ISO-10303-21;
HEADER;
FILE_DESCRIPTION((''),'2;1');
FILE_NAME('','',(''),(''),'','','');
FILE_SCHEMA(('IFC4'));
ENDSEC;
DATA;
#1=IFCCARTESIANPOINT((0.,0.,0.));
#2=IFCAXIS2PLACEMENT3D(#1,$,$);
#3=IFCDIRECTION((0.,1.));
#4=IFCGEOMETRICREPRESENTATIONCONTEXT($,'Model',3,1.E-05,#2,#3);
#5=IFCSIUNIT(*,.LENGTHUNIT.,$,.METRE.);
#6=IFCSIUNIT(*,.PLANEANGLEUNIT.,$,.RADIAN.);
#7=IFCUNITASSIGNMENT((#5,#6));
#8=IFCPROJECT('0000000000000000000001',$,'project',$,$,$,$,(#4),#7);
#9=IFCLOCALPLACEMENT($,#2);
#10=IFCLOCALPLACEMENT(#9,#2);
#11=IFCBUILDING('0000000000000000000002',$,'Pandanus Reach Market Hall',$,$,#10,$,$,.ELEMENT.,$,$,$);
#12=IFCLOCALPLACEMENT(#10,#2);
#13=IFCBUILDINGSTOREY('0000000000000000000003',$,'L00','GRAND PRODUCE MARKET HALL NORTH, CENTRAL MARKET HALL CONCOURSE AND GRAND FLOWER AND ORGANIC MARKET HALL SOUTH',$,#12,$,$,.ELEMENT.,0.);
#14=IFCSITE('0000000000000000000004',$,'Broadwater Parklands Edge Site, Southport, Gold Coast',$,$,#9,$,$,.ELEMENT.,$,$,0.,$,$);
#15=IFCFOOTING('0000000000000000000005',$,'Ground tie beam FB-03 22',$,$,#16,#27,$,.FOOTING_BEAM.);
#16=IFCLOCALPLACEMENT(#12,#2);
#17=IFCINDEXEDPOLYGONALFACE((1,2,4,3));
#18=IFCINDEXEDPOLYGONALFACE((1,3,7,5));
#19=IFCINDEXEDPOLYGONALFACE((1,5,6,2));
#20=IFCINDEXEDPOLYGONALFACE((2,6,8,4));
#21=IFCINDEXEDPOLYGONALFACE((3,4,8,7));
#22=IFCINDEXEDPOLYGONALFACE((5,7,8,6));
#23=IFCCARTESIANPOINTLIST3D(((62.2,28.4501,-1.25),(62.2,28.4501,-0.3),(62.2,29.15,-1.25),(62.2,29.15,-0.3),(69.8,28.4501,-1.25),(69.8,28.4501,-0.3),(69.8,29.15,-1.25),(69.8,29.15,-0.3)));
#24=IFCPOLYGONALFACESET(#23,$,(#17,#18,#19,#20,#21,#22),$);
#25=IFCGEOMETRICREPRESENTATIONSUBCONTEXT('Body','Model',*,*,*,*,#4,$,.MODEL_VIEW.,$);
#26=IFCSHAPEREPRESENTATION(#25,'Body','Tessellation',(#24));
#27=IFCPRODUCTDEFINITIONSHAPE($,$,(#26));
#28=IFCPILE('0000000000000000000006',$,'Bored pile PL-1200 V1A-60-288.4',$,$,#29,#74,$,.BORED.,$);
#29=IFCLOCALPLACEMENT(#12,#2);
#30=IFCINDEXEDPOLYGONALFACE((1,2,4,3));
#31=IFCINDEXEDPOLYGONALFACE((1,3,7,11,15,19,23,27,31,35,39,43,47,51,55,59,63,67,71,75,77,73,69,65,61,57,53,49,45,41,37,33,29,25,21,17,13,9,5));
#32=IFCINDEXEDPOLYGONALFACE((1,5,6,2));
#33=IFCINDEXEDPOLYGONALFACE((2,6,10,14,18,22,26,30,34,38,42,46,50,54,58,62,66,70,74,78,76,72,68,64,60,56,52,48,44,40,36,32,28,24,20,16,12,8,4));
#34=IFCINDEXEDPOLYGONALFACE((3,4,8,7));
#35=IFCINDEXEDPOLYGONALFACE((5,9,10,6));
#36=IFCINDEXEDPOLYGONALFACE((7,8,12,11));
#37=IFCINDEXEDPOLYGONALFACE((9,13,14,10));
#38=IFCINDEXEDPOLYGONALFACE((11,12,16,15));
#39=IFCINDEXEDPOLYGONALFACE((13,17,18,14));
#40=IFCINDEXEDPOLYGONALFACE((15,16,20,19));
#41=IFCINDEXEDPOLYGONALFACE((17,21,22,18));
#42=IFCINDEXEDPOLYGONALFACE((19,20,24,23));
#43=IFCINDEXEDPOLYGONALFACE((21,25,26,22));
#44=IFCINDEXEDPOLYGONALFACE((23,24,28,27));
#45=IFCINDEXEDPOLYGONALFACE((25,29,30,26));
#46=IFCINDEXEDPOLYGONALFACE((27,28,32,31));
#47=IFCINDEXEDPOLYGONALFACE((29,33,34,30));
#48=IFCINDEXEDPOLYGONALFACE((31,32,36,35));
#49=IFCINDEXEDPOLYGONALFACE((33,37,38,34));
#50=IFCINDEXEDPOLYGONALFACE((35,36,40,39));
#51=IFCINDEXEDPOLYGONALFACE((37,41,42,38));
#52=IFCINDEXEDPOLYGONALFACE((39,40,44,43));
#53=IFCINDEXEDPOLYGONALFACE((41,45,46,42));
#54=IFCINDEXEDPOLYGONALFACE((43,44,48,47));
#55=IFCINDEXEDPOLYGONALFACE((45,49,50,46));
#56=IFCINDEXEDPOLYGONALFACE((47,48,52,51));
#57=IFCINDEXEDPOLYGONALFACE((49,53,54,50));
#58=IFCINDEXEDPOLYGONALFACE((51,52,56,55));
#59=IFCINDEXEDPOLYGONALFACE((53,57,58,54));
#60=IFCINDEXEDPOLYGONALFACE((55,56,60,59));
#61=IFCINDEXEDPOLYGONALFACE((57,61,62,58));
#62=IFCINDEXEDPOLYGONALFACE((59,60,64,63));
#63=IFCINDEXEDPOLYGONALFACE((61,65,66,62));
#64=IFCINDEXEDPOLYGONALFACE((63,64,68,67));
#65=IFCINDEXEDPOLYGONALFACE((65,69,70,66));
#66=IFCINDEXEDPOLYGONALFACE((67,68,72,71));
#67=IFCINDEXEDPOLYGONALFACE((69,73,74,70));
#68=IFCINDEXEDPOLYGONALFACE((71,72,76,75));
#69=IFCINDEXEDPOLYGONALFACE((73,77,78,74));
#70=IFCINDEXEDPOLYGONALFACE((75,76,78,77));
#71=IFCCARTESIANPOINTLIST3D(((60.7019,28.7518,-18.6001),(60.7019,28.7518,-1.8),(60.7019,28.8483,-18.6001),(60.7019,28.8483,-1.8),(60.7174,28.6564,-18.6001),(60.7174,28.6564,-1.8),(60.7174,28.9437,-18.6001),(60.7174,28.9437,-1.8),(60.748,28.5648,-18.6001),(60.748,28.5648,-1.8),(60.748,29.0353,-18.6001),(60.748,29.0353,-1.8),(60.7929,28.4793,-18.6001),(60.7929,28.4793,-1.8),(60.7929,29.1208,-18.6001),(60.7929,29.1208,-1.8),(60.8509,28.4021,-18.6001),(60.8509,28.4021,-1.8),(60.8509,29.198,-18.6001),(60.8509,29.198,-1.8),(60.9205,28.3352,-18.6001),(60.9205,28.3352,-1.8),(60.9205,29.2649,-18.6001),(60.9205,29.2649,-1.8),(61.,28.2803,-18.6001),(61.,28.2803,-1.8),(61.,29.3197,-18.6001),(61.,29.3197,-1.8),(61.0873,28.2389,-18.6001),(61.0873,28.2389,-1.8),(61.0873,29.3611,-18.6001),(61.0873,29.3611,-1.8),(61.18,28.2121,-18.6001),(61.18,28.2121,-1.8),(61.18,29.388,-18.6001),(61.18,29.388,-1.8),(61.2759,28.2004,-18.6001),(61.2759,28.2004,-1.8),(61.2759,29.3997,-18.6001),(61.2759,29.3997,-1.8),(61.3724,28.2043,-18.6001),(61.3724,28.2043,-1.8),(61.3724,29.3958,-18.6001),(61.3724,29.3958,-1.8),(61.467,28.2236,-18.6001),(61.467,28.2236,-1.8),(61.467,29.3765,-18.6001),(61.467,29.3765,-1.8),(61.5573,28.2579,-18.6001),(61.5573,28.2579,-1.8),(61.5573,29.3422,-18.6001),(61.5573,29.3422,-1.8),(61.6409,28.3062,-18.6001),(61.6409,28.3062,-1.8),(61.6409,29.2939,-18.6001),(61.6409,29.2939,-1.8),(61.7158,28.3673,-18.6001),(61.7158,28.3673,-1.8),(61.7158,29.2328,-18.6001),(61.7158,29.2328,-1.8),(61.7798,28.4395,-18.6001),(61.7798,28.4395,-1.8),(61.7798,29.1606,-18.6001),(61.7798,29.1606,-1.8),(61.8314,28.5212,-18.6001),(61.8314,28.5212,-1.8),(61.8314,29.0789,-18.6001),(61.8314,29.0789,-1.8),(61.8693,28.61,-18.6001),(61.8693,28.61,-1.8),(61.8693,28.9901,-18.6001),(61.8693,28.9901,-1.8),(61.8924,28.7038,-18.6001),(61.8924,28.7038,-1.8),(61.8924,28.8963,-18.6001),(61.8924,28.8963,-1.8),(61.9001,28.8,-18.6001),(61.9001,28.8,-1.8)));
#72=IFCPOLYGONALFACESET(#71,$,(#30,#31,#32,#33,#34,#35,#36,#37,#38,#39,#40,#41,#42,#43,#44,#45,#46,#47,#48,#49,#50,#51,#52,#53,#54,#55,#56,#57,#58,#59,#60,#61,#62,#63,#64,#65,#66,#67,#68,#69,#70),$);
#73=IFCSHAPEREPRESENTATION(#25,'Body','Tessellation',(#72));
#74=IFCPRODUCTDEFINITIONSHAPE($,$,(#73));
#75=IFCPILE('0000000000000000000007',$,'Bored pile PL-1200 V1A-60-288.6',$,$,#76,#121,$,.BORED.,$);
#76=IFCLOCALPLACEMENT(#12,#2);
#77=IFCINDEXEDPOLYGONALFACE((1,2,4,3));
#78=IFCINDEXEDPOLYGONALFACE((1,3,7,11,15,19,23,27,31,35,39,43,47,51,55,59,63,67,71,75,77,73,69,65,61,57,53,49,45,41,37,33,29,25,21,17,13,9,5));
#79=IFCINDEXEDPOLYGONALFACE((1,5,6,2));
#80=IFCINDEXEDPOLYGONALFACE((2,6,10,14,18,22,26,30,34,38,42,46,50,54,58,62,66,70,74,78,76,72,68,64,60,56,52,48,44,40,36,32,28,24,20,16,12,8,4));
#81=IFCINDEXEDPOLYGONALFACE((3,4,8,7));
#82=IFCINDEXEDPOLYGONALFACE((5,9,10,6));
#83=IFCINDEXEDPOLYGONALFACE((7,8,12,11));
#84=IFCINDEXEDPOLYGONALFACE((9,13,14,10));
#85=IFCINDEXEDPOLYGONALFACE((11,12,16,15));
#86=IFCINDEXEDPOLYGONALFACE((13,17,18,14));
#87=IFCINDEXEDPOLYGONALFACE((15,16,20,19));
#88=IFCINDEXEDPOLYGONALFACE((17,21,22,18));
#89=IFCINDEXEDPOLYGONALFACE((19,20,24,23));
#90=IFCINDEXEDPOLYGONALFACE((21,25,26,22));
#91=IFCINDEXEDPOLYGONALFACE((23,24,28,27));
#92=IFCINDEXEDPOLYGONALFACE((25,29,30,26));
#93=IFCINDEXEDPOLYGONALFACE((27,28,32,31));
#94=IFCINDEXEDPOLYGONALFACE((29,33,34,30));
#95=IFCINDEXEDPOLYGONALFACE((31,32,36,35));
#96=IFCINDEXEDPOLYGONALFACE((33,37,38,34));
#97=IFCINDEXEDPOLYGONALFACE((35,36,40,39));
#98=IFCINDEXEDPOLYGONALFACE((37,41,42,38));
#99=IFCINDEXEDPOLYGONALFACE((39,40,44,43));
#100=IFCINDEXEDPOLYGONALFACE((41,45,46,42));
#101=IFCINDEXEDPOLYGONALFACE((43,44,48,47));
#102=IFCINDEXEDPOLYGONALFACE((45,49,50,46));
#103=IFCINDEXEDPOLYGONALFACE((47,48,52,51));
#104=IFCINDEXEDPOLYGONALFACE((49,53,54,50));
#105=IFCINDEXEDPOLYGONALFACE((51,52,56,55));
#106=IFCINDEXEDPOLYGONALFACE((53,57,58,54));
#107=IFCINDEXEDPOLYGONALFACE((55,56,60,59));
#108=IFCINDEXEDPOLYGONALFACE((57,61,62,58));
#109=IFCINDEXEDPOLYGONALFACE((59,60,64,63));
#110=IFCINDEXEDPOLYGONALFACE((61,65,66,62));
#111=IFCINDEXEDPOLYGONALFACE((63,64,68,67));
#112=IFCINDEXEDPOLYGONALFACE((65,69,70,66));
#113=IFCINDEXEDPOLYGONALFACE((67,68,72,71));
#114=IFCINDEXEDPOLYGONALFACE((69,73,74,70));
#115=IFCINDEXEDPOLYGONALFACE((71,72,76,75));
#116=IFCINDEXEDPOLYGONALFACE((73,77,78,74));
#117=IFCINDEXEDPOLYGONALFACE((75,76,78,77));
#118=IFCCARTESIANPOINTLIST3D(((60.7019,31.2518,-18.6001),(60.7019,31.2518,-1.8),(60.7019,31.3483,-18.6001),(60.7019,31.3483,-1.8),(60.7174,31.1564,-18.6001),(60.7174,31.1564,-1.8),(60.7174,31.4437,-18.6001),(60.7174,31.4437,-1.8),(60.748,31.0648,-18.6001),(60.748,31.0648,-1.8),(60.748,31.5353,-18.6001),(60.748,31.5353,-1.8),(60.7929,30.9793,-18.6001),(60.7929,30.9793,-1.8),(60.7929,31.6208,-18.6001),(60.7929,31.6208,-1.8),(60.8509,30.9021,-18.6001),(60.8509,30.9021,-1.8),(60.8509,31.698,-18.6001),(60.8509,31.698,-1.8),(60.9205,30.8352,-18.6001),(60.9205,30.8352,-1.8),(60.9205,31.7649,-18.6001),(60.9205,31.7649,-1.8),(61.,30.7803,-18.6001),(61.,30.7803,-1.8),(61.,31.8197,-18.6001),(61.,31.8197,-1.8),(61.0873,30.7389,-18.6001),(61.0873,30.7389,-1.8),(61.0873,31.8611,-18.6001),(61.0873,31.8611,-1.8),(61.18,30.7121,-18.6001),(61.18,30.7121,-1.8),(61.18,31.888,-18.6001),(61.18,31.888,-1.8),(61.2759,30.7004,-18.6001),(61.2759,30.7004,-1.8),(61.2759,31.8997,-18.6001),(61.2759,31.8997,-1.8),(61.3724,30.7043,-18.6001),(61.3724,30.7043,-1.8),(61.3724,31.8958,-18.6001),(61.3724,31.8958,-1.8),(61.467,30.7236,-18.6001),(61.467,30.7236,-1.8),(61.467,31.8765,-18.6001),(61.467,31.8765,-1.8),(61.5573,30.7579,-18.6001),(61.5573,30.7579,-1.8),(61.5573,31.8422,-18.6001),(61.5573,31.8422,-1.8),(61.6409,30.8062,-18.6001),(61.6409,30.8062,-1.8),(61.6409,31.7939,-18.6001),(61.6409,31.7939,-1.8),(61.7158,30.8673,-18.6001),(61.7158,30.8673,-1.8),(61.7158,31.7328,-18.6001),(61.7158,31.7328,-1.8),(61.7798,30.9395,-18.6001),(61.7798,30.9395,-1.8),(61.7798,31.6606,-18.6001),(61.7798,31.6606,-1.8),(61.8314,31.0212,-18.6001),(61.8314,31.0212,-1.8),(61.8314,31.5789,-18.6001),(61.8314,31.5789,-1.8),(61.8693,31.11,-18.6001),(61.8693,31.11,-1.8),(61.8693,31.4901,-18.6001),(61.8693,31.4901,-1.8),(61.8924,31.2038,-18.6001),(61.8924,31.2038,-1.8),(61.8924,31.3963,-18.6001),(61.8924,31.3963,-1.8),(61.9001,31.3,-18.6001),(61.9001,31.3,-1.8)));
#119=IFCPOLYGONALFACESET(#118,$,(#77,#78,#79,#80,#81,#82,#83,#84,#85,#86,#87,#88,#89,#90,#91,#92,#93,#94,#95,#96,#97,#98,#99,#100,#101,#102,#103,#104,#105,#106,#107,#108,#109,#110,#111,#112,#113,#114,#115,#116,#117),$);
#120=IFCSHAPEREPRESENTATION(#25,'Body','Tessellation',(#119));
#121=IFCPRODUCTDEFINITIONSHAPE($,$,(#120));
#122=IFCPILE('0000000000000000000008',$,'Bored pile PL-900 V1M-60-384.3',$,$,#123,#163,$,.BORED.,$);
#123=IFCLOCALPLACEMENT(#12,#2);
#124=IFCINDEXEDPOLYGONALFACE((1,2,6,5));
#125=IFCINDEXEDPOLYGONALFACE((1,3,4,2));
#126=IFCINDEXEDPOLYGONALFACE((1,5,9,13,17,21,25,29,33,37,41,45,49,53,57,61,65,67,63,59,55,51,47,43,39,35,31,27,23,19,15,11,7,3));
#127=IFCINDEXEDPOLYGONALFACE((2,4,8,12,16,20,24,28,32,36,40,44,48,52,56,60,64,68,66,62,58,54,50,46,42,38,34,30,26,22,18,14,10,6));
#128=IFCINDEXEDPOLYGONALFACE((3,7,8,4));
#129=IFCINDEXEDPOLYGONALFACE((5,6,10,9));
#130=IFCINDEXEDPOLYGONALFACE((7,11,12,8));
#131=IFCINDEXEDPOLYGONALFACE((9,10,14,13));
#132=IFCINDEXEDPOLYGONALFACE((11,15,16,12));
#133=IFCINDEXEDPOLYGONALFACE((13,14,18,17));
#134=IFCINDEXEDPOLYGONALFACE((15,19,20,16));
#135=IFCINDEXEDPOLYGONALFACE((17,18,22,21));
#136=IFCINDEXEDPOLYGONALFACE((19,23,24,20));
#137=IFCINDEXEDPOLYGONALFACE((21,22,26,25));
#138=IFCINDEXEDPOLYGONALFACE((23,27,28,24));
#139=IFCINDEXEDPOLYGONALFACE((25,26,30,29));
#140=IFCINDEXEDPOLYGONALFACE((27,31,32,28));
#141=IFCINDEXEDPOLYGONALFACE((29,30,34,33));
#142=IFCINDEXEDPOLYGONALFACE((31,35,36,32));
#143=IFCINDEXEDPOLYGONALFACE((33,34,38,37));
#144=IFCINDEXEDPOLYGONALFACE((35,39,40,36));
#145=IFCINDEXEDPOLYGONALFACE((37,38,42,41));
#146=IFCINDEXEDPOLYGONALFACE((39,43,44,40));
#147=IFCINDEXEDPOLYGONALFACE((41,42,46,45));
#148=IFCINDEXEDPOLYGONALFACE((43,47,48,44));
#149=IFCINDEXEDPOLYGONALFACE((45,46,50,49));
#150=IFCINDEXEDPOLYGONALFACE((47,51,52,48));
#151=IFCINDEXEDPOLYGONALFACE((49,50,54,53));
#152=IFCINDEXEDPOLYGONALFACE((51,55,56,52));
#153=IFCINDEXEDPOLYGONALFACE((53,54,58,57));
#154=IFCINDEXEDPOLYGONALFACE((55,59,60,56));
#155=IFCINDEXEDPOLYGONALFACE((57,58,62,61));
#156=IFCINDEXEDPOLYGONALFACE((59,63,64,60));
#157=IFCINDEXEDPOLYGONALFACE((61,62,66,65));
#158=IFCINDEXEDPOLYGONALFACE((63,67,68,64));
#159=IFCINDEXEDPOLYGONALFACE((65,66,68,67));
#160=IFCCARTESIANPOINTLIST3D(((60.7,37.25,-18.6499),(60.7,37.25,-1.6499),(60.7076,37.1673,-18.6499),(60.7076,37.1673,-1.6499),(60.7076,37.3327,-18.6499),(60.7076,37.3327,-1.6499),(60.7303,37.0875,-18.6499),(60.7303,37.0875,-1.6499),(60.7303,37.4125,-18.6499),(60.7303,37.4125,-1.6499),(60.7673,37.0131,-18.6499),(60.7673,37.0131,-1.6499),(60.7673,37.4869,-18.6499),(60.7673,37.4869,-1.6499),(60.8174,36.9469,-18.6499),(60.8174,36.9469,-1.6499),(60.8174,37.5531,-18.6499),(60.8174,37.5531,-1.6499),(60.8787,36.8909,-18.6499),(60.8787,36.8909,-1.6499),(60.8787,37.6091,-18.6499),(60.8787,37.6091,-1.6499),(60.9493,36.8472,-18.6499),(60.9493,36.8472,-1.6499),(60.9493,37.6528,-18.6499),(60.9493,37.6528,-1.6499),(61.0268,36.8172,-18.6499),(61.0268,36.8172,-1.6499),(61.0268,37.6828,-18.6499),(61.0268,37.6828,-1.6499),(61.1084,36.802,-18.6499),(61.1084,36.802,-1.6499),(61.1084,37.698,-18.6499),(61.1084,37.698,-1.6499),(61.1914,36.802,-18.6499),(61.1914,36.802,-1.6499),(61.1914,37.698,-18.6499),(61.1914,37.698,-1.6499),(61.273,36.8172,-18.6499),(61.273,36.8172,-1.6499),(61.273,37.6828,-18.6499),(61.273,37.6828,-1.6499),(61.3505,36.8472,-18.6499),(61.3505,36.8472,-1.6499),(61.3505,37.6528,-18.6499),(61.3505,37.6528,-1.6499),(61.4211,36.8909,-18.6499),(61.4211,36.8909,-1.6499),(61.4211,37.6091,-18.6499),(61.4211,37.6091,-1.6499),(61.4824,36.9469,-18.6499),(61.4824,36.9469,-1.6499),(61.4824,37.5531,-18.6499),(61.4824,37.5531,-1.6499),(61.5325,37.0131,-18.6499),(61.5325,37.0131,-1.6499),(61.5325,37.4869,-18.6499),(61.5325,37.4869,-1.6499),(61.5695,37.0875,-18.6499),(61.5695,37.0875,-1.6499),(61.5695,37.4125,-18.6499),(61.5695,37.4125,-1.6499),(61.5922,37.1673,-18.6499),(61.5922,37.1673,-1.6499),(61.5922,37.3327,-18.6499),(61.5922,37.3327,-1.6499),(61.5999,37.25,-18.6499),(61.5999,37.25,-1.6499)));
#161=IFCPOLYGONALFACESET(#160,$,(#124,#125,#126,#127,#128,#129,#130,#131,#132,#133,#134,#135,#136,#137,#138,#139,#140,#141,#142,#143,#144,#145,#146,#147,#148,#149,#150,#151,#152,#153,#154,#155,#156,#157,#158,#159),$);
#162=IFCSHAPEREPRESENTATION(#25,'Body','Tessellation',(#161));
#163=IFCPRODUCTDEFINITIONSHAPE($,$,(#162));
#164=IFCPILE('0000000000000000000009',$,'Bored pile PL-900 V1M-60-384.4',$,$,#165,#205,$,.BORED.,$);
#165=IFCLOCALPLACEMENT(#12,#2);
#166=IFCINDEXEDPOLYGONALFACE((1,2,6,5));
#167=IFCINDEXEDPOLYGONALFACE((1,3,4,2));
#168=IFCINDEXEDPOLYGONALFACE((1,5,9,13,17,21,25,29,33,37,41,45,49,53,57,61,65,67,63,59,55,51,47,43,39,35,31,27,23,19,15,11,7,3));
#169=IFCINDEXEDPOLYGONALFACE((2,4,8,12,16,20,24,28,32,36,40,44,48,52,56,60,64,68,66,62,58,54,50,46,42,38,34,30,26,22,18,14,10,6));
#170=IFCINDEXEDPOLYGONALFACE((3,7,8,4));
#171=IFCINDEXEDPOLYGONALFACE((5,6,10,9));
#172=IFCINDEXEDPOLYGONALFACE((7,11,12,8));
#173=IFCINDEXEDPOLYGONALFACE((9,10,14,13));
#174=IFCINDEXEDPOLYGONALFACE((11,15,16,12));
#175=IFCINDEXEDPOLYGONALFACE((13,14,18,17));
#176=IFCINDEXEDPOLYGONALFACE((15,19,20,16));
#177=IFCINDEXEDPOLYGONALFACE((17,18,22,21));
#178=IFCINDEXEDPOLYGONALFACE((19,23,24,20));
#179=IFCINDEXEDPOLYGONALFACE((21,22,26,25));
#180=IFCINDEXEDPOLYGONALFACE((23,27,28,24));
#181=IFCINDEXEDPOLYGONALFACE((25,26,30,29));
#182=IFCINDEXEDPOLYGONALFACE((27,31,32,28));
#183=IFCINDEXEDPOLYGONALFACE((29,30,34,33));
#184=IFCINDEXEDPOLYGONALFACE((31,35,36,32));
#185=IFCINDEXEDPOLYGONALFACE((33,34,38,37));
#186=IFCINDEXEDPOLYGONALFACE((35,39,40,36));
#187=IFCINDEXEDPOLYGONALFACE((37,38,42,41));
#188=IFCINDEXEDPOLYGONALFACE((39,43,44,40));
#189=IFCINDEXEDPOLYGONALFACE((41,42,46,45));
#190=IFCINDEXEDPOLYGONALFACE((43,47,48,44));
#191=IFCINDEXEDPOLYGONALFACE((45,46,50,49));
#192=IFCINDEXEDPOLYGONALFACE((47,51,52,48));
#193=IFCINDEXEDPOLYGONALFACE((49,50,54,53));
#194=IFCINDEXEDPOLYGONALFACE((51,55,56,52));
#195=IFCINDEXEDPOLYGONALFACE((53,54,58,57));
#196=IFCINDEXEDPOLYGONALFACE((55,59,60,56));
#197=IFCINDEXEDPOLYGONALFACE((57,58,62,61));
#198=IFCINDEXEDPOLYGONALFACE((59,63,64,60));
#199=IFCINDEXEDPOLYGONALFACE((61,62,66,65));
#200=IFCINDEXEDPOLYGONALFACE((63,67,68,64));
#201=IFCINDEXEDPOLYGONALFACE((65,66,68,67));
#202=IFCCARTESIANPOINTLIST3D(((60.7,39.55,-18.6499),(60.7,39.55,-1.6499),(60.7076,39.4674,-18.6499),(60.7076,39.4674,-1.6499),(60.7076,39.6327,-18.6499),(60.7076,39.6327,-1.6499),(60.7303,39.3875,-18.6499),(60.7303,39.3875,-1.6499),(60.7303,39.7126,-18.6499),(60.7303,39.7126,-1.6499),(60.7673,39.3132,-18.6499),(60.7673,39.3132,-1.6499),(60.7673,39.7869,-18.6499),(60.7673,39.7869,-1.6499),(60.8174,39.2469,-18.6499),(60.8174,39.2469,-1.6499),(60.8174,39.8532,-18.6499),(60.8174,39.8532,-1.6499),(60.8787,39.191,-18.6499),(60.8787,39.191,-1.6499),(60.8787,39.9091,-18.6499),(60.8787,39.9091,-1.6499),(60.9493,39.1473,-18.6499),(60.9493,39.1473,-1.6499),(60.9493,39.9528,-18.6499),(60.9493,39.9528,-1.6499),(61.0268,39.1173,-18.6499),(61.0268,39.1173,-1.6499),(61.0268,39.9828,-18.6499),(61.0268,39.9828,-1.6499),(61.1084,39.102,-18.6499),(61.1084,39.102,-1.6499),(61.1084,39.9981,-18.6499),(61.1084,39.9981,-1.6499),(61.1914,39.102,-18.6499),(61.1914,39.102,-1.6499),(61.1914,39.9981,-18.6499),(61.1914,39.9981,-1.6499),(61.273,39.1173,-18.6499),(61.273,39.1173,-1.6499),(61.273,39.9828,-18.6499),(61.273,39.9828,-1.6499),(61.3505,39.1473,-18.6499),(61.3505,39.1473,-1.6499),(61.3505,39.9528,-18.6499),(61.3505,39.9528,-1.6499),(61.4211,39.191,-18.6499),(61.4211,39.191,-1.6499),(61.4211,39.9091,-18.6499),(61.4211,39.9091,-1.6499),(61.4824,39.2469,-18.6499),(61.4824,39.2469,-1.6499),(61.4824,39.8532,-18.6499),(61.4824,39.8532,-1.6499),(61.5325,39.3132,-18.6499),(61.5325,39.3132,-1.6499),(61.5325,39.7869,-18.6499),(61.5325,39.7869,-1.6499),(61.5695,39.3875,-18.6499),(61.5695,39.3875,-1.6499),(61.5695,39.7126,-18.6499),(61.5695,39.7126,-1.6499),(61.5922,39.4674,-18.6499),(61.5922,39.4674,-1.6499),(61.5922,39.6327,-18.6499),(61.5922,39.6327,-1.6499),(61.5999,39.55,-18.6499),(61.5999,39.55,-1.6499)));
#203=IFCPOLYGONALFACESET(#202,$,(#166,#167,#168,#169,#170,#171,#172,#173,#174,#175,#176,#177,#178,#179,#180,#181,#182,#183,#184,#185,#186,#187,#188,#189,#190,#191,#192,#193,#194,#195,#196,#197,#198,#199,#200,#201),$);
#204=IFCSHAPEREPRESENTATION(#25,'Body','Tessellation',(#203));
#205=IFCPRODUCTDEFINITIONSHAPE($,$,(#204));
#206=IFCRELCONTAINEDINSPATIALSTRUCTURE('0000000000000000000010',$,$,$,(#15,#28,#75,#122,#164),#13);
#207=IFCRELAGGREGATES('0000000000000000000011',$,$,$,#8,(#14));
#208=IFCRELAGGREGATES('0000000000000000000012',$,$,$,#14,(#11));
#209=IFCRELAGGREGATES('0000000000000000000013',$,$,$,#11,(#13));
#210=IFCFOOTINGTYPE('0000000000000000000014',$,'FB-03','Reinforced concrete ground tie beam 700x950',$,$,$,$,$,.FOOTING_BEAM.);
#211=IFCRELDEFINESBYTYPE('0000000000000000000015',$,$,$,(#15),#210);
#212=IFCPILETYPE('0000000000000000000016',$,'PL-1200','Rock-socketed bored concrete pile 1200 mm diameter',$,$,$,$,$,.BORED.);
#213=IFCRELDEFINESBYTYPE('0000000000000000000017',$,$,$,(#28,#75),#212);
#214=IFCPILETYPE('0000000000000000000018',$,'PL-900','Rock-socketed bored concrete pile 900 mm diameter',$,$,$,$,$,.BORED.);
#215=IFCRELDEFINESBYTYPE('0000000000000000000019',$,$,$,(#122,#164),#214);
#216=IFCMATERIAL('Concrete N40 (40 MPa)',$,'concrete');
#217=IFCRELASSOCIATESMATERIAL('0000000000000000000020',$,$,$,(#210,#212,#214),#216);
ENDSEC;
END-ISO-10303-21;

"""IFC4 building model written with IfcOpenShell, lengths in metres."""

from ifc_helpers import new_model, si_unit, direction, frame, origin, origin_2d, place, context, subcontext, project, spatial, rectangle, circle, extrude, material, material_profile, profile_set, type_object, element, save


model = new_model("IFC4")

# Units and contexts
model_context = context("Model", 3, precision=1e-05, world=origin(), true_north=direction((0.0, 1.0)))
body_context = subcontext(model_context, "Body", "Model", "MODEL_VIEW")
ifc_project = project(units=[si_unit("LENGTHUNIT", "METRE"), si_unit("PLANEANGLEUNIT", "RADIAN")], contexts=[model_context])

# Site, building, storey
site_placement = place(None, origin())
site = spatial("IfcSite", under=ifc_project, at=site_placement, Name="Broadwater Parklands Edge Site, Southport, Gold Coast", CompositionType="ELEMENT", RefElevation=0.0)
building_placement = place(site_placement, origin())
building = spatial("IfcBuilding", under=site, at=building_placement, Name="Pandanus Reach Market Hall", CompositionType="ELEMENT")
storey_placement = place(building_placement, origin())
storey = spatial("IfcBuildingStorey", under=building, at=storey_placement, Name="L00", Description="GRAND PRODUCE MARKET HALL NORTH, CENTRAL MARKET HALL CONCOURSE AND GRAND FLOWER AND ORGANIC MARKET HALL SOUTH", CompositionType="ELEMENT", Elevation=0.0)

# Footing
ifc_material_1 = material(Name="Concrete N40 (40 MPa)", Category="concrete")
footing_type = type_object("IfcFootingType", Name="FB-03", Description="Reinforced concrete ground tie beam 700x950", PredefinedType="FOOTING_BEAM", material=ifc_material_1)
footing_placement = place(storey_placement, frame((66.0, 28.8, -1.25), z_axis=(0.0, 0.0, 1.0), x_axis=(1.0, 0.0, 0.0)))
element("IfcFooting", 1, at=footing_placement, inside=storey, type_object=footing_type, Name="Ground tie beam FB-03 22", PredefinedType="FOOTING_BEAM", context=body_context, shape_type="SweptSolid", body=[
    extrude(rectangle(XDim=7.6001, YDim=0.7, at=origin_2d()), origin(), (0.0, 0.0, 1.0), 0.95),
])

# Piles
ifc_material_profile_1 = material_profile(ifc_material_1, circle(Radius=0.6001, at=origin_2d()), Name="PILE-1200D", Category="LoadBearing")
ifc_profile_set_1 = profile_set([ifc_material_profile_1], Name="Concrete N40 (40 MPa)")
pile_type_1 = type_object("IfcPileType", Name="PL-1200", Description="Rock-socketed bored concrete pile 1200 mm diameter", PredefinedType="BORED", material=ifc_profile_set_1)
for number, where, z_axis, x_axis, name in (
    (2, (61.3, 28.8, -1.8), (0.0, 0.0, -1.0), (1.0, 0.0, 0.0), "Bored pile PL-1200 V1A-60-288.4"),
    (3, (61.3, 31.3, -1.8), (0.0, 0.0, -1.0), (1.0, 0.0, 0.0), "Bored pile PL-1200 V1A-60-288.6"),
):
    element("IfcPile", number, at=place(storey_placement, frame(where, z_axis=z_axis, x_axis=x_axis)), inside=storey, type_object=pile_type_1, Name=name, PredefinedType="BORED", context=body_context, shape_type="SweptSolid", body=[
        extrude(circle(Radius=0.6001, at=origin_2d()), origin(), (0.0, 0.0, 1.0), 16.8),
    ])
ifc_material_profile_2 = material_profile(ifc_material_1, circle(Radius=0.45, at=origin_2d()), Name="PILE-900D", Category="LoadBearing")
ifc_profile_set_2 = profile_set([ifc_material_profile_2], Name="Concrete N40 (40 MPa)")
pile_type_2 = type_object("IfcPileType", Name="PL-900", Description="Rock-socketed bored concrete pile 900 mm diameter", PredefinedType="BORED", material=ifc_profile_set_2)
for number, where, z_axis, x_axis, name in (
    (4, (61.1499, 37.25, -1.6499), (0.0, 0.0, -1.0), (1.0, 0.0, 0.0), "Bored pile PL-900 V1M-60-384.3"),
    (5, (61.1499, 39.55, -1.6499), (0.0, 0.0, -1.0), (1.0, 0.0, 0.0), "Bored pile PL-900 V1M-60-384.4"),
):
    element("IfcPile", number, at=place(storey_placement, frame(where, z_axis=z_axis, x_axis=x_axis)), inside=storey, type_object=pile_type_2, Name=name, PredefinedType="BORED", context=body_context, shape_type="SweptSolid", body=[
        extrude(circle(Radius=0.45, at=origin_2d()), origin(), (0.0, 0.0, 1.0), 17.0),
    ])

save(model, "model.ifc")
